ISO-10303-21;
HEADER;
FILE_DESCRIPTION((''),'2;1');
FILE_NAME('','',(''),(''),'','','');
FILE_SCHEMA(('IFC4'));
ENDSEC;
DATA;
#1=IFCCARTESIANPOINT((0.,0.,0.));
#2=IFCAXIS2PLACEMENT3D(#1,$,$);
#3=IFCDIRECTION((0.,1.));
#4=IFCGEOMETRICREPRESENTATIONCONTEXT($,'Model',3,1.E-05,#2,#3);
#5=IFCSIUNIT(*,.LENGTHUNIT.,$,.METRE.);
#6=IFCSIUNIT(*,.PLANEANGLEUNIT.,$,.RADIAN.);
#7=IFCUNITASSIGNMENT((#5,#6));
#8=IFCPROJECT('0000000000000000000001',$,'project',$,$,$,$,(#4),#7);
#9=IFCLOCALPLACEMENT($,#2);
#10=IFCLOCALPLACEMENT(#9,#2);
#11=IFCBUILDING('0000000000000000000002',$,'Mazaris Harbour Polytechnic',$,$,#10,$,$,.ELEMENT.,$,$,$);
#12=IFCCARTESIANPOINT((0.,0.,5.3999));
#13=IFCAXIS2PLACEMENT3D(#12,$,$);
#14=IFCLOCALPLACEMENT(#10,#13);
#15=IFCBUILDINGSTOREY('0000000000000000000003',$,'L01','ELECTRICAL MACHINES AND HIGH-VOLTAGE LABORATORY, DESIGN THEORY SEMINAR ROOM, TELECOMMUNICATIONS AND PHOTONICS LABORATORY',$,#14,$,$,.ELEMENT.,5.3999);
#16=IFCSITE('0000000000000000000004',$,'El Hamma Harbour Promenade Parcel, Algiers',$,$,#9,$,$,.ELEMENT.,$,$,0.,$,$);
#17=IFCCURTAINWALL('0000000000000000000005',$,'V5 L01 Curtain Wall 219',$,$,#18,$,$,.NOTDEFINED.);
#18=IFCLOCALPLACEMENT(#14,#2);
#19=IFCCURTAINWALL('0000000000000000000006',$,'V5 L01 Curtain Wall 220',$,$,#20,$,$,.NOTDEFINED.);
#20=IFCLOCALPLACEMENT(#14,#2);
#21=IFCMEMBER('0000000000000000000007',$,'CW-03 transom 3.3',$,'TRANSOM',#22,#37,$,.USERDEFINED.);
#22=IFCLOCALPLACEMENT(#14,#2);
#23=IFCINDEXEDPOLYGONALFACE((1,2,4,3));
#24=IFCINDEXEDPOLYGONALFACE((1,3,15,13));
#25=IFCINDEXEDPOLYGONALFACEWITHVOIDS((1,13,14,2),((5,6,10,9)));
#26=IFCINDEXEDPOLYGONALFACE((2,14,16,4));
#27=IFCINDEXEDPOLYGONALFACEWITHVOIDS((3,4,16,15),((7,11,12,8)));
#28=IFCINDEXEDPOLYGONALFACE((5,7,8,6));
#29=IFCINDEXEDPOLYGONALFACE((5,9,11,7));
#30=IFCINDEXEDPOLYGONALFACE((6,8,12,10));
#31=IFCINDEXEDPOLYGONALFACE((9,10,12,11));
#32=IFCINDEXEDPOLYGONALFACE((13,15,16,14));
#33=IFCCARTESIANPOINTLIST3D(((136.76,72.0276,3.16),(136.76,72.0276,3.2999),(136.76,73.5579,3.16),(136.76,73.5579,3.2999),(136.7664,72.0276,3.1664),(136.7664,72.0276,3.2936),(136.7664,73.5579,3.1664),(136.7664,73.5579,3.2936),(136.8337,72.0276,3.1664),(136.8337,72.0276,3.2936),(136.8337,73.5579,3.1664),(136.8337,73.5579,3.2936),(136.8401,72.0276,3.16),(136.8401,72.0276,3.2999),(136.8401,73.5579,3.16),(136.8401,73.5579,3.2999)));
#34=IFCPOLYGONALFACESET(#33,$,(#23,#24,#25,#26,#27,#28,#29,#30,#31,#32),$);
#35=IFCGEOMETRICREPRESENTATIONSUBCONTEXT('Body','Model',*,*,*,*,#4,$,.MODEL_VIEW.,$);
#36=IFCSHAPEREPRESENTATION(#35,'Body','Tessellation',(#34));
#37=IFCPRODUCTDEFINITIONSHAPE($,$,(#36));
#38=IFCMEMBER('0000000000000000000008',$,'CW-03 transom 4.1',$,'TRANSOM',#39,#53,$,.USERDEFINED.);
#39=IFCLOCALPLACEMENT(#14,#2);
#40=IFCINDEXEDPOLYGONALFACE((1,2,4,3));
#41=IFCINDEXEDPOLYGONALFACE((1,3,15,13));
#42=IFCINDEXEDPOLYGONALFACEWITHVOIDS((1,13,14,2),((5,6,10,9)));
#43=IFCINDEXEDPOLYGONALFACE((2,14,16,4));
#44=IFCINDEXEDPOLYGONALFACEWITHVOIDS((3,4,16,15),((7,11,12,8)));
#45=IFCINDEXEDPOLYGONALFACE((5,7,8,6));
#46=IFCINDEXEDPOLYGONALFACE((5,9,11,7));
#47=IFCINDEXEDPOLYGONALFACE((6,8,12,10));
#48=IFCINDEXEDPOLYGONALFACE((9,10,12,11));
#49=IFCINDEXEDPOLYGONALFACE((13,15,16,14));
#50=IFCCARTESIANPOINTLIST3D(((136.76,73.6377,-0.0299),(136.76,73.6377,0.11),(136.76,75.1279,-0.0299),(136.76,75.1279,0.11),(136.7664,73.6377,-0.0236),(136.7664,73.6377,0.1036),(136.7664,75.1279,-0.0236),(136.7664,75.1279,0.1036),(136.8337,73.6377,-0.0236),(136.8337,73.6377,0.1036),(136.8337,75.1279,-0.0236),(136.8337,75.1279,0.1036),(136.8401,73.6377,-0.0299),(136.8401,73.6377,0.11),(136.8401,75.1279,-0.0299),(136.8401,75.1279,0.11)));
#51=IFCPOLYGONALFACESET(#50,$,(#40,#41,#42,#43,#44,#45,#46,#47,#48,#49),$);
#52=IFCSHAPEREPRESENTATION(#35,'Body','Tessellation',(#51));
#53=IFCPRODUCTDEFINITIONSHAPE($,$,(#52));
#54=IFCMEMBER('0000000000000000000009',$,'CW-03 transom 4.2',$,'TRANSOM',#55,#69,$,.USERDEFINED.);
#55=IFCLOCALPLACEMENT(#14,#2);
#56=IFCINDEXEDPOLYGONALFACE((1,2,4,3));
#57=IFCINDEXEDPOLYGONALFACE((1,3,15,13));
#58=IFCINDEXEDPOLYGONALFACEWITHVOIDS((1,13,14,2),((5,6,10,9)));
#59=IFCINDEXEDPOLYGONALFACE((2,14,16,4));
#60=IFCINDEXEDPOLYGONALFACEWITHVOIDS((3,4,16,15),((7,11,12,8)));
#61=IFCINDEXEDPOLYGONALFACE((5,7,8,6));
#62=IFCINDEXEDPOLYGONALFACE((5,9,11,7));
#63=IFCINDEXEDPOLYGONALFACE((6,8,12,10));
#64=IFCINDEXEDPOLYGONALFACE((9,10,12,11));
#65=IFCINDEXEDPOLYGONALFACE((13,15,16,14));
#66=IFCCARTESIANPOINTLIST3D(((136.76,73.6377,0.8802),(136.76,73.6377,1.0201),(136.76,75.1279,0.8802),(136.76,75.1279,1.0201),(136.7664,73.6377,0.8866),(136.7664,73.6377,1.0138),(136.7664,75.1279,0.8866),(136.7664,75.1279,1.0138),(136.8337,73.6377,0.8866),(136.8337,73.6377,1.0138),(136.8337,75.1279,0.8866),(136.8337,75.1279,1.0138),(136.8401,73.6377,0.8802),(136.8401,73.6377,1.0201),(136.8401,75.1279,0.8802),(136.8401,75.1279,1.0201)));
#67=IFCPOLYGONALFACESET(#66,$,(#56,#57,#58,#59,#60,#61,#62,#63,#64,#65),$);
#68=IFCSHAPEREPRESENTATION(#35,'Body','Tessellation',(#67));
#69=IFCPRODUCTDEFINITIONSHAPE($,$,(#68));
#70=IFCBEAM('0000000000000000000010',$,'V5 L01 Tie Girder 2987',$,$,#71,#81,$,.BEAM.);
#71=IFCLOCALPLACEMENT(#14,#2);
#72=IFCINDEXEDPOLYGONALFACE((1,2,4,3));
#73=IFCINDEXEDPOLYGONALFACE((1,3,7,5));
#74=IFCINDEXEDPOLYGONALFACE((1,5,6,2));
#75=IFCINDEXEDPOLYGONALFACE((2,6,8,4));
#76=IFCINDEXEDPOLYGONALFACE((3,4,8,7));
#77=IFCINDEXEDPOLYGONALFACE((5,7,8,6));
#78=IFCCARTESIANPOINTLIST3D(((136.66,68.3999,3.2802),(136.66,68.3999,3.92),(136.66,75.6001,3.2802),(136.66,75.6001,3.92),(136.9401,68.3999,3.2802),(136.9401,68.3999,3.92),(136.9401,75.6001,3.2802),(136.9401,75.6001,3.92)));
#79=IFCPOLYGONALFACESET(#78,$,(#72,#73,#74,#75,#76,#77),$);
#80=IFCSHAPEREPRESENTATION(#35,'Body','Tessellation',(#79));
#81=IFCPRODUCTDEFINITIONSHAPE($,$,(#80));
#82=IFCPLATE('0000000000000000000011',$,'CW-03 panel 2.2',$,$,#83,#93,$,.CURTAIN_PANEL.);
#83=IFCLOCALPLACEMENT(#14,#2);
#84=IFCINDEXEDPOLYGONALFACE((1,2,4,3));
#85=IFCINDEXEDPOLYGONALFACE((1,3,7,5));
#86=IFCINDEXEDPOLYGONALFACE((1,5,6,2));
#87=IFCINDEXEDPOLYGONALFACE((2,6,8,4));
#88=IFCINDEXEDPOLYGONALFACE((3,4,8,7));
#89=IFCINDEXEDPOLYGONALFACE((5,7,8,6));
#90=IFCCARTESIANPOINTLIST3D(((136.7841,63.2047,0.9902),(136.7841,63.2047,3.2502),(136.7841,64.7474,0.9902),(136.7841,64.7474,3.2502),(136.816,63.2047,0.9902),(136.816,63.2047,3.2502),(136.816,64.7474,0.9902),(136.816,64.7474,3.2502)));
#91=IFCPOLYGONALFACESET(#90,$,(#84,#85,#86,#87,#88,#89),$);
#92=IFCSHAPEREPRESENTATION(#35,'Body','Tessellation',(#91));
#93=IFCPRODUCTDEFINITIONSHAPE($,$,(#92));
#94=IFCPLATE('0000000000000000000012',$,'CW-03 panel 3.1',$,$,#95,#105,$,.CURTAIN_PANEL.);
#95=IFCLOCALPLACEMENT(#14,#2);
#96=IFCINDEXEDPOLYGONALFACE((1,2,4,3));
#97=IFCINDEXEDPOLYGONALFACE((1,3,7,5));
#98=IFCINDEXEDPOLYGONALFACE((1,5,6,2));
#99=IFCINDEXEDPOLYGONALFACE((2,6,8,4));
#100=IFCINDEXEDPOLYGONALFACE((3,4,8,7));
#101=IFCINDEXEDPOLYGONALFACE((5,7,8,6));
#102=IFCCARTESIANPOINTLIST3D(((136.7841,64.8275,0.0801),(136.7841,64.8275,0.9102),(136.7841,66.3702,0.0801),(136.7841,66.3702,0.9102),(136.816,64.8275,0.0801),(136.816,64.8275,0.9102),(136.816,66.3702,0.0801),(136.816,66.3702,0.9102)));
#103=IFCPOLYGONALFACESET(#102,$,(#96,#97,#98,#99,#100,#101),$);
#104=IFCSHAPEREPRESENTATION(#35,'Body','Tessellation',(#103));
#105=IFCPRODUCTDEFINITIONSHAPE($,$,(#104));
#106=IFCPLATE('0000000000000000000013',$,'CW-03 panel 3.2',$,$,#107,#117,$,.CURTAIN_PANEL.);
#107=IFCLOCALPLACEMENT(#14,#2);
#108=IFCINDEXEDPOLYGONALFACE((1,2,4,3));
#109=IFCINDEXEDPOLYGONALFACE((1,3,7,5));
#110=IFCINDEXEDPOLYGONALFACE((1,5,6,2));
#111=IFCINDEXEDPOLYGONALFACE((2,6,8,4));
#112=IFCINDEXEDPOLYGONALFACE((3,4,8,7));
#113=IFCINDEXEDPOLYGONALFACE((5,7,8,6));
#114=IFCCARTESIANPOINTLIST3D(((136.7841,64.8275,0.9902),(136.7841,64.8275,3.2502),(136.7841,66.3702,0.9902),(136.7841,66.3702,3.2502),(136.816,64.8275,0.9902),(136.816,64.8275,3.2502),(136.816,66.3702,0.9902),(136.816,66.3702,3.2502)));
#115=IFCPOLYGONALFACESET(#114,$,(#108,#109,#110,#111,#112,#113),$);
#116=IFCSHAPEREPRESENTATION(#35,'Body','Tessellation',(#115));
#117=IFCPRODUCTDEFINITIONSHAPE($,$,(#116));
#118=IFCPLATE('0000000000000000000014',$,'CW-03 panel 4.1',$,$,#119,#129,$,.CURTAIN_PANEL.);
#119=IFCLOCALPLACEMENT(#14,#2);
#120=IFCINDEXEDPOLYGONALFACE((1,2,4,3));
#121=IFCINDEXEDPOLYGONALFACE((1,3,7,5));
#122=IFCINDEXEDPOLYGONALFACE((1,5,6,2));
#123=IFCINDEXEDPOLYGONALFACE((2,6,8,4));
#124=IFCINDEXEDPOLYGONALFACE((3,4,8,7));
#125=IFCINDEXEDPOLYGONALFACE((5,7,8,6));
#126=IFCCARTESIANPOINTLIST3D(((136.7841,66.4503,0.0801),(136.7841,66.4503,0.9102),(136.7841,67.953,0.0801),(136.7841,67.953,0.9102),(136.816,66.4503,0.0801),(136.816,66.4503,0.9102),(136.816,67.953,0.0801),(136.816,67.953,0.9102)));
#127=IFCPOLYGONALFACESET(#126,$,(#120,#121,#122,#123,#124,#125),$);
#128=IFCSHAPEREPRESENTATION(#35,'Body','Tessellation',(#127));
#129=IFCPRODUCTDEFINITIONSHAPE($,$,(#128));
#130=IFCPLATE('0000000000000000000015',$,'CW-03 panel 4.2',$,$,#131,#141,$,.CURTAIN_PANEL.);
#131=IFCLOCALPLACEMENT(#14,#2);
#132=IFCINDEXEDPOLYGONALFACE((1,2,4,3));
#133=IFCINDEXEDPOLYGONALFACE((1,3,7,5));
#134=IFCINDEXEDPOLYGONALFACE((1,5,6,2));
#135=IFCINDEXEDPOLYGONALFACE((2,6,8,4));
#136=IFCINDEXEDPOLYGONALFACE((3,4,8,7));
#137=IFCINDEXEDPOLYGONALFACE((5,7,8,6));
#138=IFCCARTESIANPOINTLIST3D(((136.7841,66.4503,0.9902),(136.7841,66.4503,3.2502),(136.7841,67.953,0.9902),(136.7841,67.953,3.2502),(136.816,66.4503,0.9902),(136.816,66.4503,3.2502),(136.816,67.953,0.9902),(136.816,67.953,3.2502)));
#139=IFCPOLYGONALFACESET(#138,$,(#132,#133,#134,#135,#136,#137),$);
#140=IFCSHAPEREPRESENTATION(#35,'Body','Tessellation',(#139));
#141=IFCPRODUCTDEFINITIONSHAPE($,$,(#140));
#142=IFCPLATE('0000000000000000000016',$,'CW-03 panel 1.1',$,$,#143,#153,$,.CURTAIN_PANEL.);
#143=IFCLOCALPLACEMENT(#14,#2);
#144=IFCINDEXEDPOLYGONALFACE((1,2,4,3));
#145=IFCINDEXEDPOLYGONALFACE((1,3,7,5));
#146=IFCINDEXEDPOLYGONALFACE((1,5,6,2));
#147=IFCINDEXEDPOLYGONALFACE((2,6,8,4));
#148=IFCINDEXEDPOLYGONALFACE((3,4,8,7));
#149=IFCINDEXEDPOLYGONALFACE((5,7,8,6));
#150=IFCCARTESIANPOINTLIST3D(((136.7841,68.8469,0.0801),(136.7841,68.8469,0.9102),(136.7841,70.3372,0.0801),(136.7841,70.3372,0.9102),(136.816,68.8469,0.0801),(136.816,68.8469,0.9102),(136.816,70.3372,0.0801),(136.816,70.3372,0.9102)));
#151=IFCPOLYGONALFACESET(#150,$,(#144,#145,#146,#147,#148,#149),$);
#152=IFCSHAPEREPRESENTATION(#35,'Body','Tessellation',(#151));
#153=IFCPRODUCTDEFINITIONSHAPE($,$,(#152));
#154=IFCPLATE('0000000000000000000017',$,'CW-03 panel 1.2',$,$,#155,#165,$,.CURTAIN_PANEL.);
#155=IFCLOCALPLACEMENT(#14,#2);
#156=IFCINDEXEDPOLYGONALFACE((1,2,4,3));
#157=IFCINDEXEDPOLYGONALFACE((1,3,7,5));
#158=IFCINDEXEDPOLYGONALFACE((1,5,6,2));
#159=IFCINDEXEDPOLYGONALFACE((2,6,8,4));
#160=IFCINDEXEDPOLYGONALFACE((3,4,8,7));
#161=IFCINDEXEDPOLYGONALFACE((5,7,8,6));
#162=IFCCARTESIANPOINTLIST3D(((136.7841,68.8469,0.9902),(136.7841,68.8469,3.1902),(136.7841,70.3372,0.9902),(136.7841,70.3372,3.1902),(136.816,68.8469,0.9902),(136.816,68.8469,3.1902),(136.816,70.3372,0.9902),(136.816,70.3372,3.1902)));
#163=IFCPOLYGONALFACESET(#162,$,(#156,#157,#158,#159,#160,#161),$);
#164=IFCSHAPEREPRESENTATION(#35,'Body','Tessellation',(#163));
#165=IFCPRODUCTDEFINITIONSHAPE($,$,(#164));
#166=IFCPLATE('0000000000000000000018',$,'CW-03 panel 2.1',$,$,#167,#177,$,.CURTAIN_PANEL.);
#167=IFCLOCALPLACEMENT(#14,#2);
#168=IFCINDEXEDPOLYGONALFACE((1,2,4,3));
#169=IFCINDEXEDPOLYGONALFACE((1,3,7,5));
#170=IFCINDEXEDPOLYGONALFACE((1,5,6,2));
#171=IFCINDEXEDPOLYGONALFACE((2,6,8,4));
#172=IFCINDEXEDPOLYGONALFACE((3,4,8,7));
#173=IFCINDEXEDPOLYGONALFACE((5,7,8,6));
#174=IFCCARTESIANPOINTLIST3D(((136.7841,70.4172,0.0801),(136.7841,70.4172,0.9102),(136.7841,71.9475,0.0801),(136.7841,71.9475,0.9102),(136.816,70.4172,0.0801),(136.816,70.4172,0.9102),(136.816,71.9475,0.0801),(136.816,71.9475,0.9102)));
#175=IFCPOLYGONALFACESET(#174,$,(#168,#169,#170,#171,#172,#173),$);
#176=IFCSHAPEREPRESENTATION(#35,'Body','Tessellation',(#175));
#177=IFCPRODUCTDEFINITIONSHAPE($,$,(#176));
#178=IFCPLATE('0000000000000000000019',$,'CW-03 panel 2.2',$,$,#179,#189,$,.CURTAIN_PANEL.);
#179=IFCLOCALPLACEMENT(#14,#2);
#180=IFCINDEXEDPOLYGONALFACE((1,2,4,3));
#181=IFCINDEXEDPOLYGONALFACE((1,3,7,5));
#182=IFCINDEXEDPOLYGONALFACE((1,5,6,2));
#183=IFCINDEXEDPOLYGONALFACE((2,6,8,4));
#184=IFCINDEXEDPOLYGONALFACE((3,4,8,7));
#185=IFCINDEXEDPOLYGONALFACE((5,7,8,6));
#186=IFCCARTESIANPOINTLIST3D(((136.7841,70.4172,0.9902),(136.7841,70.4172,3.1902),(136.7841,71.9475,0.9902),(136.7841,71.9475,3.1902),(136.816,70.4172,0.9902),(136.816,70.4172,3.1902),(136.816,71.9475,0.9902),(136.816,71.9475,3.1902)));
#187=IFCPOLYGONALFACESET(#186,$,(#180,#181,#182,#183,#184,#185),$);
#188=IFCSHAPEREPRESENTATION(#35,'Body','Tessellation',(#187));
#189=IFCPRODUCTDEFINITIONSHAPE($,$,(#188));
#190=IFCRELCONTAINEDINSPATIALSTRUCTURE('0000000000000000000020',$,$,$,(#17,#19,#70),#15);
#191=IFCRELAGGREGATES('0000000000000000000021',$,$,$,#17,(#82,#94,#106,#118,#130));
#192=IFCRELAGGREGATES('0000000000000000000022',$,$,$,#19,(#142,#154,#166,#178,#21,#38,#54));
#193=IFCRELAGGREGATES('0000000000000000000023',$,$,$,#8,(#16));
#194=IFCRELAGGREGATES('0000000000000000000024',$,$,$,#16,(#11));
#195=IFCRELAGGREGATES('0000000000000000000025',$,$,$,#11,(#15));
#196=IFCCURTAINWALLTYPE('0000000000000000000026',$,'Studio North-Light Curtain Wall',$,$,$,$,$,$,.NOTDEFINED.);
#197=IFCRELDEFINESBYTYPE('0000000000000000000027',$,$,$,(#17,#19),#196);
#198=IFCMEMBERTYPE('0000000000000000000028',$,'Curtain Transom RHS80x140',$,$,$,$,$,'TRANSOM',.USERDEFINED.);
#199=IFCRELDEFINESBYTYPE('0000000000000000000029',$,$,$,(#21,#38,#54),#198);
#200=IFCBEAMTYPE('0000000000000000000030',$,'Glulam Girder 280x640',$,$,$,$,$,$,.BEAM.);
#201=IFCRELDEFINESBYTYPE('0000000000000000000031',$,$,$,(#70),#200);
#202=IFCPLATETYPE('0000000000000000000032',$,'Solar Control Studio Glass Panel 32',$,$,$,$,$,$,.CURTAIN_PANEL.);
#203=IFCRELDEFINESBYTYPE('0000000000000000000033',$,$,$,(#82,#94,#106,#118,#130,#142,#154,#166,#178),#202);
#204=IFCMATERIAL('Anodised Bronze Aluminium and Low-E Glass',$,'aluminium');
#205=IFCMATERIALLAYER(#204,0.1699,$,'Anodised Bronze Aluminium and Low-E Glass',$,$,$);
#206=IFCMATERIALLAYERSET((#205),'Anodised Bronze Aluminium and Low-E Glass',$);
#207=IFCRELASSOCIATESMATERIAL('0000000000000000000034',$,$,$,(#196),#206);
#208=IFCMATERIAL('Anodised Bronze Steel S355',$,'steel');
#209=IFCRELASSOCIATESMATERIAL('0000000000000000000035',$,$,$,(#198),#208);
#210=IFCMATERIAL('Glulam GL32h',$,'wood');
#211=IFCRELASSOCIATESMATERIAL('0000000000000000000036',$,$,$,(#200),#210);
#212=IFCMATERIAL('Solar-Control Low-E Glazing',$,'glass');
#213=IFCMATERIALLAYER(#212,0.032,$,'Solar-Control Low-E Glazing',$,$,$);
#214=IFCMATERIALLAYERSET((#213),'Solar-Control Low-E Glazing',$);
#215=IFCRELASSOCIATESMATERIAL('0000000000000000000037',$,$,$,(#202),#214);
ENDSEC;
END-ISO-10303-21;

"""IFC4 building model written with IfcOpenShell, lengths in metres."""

from ifc_helpers import new_model, si_unit, direction, frame, origin, origin_2d, place, context, subcontext, project, spatial, rectangle, hollow_rectangle, extrude, material, layer, layer_set, material_profile, profile_set, type_object, element, aggregate, save


model = new_model("IFC4")

# Units and contexts
model_context = context("Model", 3, precision=1e-05, world=origin(), true_north=direction((0.0, 1.0)))
body_context = subcontext(model_context, "Body", "Model", "MODEL_VIEW")
ifc_project = project(units=[si_unit("LENGTHUNIT", "METRE"), si_unit("PLANEANGLEUNIT", "RADIAN")], contexts=[model_context])

# Site, building, storey
site_placement = place(None, origin())
site = spatial("IfcSite", under=ifc_project, at=site_placement, Name="El Hamma Harbour Promenade Parcel, Algiers", CompositionType="ELEMENT", RefElevation=0.0)
building_placement = place(site_placement, origin())
building = spatial("IfcBuilding", under=site, at=building_placement, Name="Mazaris Harbour Polytechnic", CompositionType="ELEMENT")
storey_placement = place(building_placement, frame((0.0, 0.0, 5.3999)))
storey = spatial("IfcBuildingStorey", under=building, at=storey_placement, Name="L01", Description="ELECTRICAL MACHINES AND HIGH-VOLTAGE LABORATORY, DESIGN THEORY SEMINAR ROOM, TELECOMMUNICATIONS AND PHOTONICS LABORATORY", CompositionType="ELEMENT", Elevation=5.3999)

# Curtain walls
ifc_material_1 = material(Name="Anodised Bronze Aluminium and Low-E Glass", Category="aluminium")
ifc_layer_1 = layer(ifc_material_1, 0.1699, Name="Anodised Bronze Aluminium and Low-E Glass")
ifc_layer_set_1 = layer_set([ifc_layer_1], Name="Anodised Bronze Aluminium and Low-E Glass")
curtain_wall_type = type_object("IfcCurtainWallType", Name="Studio North-Light Curtain Wall", PredefinedType="NOTDEFINED", material=ifc_layer_set_1)
curtain_wall_1_placement = place(storey_placement, origin())
curtain_wall_1 = element("IfcCurtainWall", 1, at=curtain_wall_1_placement, inside=storey, type_object=curtain_wall_type, Name="V5 L01 Curtain Wall 219", PredefinedType="NOTDEFINED")
curtain_wall_2_placement = place(storey_placement, origin())
curtain_wall_2 = element("IfcCurtainWall", 2, at=curtain_wall_2_placement, inside=storey, type_object=curtain_wall_type, Name="V5 L01 Curtain Wall 220", PredefinedType="NOTDEFINED")

# Members
ifc_material_2 = material(Name="Anodised Bronze Steel S355", Category="steel")
ifc_material_profile_1 = material_profile(ifc_material_2, hollow_rectangle(XDim=0.0801, YDim=0.1399, WallThickness=0.0063, at=origin_2d()), Name="RHS 80x140x6.3")
ifc_profile_set_1 = profile_set([ifc_material_profile_1], Name="Anodised Bronze Steel S355")
member_type_1 = type_object("IfcMemberType", Name="Curtain Transom RHS80x140", ElementType="TRANSOM", PredefinedType="USERDEFINED", material=ifc_profile_set_1)
member_1_placement = place(storey_placement, frame((136.8, 72.0276, 3.23), z_axis=(0.0, 1.0, 0.0), x_axis=(-1.0, 0.0, 0.0)))
member_1 = element("IfcMember", 3, at=member_1_placement, type_object=member_type_1, Name="CW-03 transom 3.3", ObjectType="TRANSOM", PredefinedType="USERDEFINED", context=body_context, shape_type="SweptSolid", body=[
    extrude(hollow_rectangle(XDim=0.0801, YDim=0.1399, WallThickness=0.0063, at=origin_2d()), origin(), (0.0, 0.0, 1.0), 1.5303),
])
member_2_placement = place(storey_placement, frame((136.8, 73.6377, 0.04), z_axis=(0.0, 1.0, 0.0), x_axis=(-1.0, 0.0, 0.0)))
member_2 = element("IfcMember", 4, at=member_2_placement, type_object=member_type_1, Name="CW-03 transom 4.1", ObjectType="TRANSOM", PredefinedType="USERDEFINED", context=body_context, shape_type="SweptSolid", body=[
    extrude(hollow_rectangle(XDim=0.0801, YDim=0.1399, WallThickness=0.0063, at=origin_2d()), origin(), (0.0, 0.0, 1.0), 1.4902),
])
member_3_placement = place(storey_placement, frame((136.8, 73.6377, 0.9502), z_axis=(0.0, 1.0, 0.0), x_axis=(-1.0, 0.0, 0.0)))
member_3 = element("IfcMember", 5, at=member_3_placement, type_object=member_type_1, Name="CW-03 transom 4.2", ObjectType="TRANSOM", PredefinedType="USERDEFINED", context=body_context, shape_type="SweptSolid", body=[
    extrude(hollow_rectangle(XDim=0.0801, YDim=0.1399, WallThickness=0.0063, at=origin_2d()), origin(), (0.0, 0.0, 1.0), 1.4902),
])

# Beam
ifc_material_3 = material(Name="Glulam GL32h", Category="wood")
ifc_material_profile_2 = material_profile(ifc_material_3, rectangle(XDim=0.28, YDim=0.6399, at=origin_2d()), Name="RECT280x640")
ifc_profile_set_2 = profile_set([ifc_material_profile_2], Name="Glulam GL32h")
beam_type = type_object("IfcBeamType", Name="Glulam Girder 280x640", PredefinedType="BEAM", material=ifc_profile_set_2)
beam_placement = place(storey_placement, frame((136.8, 68.3999, 3.6001), z_axis=(0.0, 1.0, 0.0), x_axis=(-1.0, 0.0, 0.0)))
element("IfcBeam", 6, at=beam_placement, inside=storey, type_object=beam_type, Name="V5 L01 Tie Girder 2987", PredefinedType="BEAM", context=body_context, shape_type="SweptSolid", body=[
    extrude(rectangle(XDim=0.28, YDim=0.6399, at=origin_2d()), origin(), (0.0, 0.0, 1.0), 7.2002),
])

# Plates
ifc_material_4 = material(Name="Solar-Control Low-E Glazing", Category="glass")
ifc_layer_2 = layer(ifc_material_4, 0.032, Name="Solar-Control Low-E Glazing")
ifc_layer_set_2 = layer_set([ifc_layer_2], Name="Solar-Control Low-E Glazing")
plate_type = type_object("IfcPlateType", Name="Solar Control Studio Glass Panel 32", PredefinedType="CURTAIN_PANEL", material=ifc_layer_set_2)
plate_1_placement = place(storey_placement, frame((136.8, 63.9761, 0.9902), z_axis=(0.0, 0.0, 1.0), x_axis=(0.0, 1.0, 0.0)))
plate_1 = element("IfcPlate", 7, at=plate_1_placement, type_object=plate_type, Name="CW-03 panel 2.2", PredefinedType="CURTAIN_PANEL", context=body_context, shape_type="SweptSolid", body=[
    extrude(rectangle(XDim=1.5427, YDim=0.032, at=origin_2d()), origin(), (0.0, 0.0, 1.0), 2.26),
])
plate_2_placement = place(storey_placement, frame((136.8, 65.5989, 0.0801), z_axis=(0.0, 0.0, 1.0), x_axis=(0.0, 1.0, 0.0)))
plate_2 = element("IfcPlate", 8, at=plate_2_placement, type_object=plate_type, Name="CW-03 panel 3.1", PredefinedType="CURTAIN_PANEL", context=body_context, shape_type="SweptSolid", body=[
    extrude(rectangle(XDim=1.5427, YDim=0.032, at=origin_2d()), origin(), (0.0, 0.0, 1.0), 0.8301),
])
plate_3_placement = place(storey_placement, frame((136.8, 65.5989, 0.9902), z_axis=(0.0, 0.0, 1.0), x_axis=(0.0, 1.0, 0.0)))
plate_3 = element("IfcPlate", 9, at=plate_3_placement, type_object=plate_type, Name="CW-03 panel 3.2", PredefinedType="CURTAIN_PANEL", context=body_context, shape_type="SweptSolid", body=[
    extrude(rectangle(XDim=1.5427, YDim=0.032, at=origin_2d()), origin(), (0.0, 0.0, 1.0), 2.26),
])
plate_4_placement = place(storey_placement, frame((136.8, 67.2017, 0.0801), z_axis=(0.0, 0.0, 1.0), x_axis=(0.0, 1.0, 0.0)))
plate_4 = element("IfcPlate", 10, at=plate_4_placement, type_object=plate_type, Name="CW-03 panel 4.1", PredefinedType="CURTAIN_PANEL", context=body_context, shape_type="SweptSolid", body=[
    extrude(rectangle(XDim=1.5027, YDim=0.032, at=origin_2d()), origin(), (0.0, 0.0, 1.0), 0.8301),
])
plate_5_placement = place(storey_placement, frame((136.8, 67.2017, 0.9902), z_axis=(0.0, 0.0, 1.0), x_axis=(0.0, 1.0, 0.0)))
plate_5 = element("IfcPlate", 11, at=plate_5_placement, type_object=plate_type, Name="CW-03 panel 4.2", PredefinedType="CURTAIN_PANEL", context=body_context, shape_type="SweptSolid", body=[
    extrude(rectangle(XDim=1.5027, YDim=0.032, at=origin_2d()), origin(), (0.0, 0.0, 1.0), 2.26),
])
aggregate(curtain_wall_1, [plate_1, plate_2, plate_3, plate_4, plate_5])
plate_6_placement = place(storey_placement, frame((136.8, 69.592, 0.0801), z_axis=(0.0, 0.0, 1.0), x_axis=(0.0, 1.0, 0.0)))
plate_6 = element("IfcPlate", 12, at=plate_6_placement, type_object=plate_type, Name="CW-03 panel 1.1", PredefinedType="CURTAIN_PANEL", context=body_context, shape_type="SweptSolid", body=[
    extrude(rectangle(XDim=1.4902, YDim=0.032, at=origin_2d()), origin(), (0.0, 0.0, 1.0), 0.8301),
])
plate_7_placement = place(storey_placement, frame((136.8, 69.592, 0.9902), z_axis=(0.0, 0.0, 1.0), x_axis=(0.0, 1.0, 0.0)))
plate_7 = element("IfcPlate", 13, at=plate_7_placement, type_object=plate_type, Name="CW-03 panel 1.2", PredefinedType="CURTAIN_PANEL", context=body_context, shape_type="SweptSolid", body=[
    extrude(rectangle(XDim=1.4902, YDim=0.032, at=origin_2d()), origin(), (0.0, 0.0, 1.0), 2.2),
])
plate_8_placement = place(storey_placement, frame((136.8, 71.1824, 0.0801), z_axis=(0.0, 0.0, 1.0), x_axis=(0.0, 1.0, 0.0)))
plate_8 = element("IfcPlate", 14, at=plate_8_placement, type_object=plate_type, Name="CW-03 panel 2.1", PredefinedType="CURTAIN_PANEL", context=body_context, shape_type="SweptSolid", body=[
    extrude(rectangle(XDim=1.5303, YDim=0.032, at=origin_2d()), origin(), (0.0, 0.0, 1.0), 0.8301),
])
plate_9_placement = place(storey_placement, frame((136.8, 71.1824, 0.9902), z_axis=(0.0, 0.0, 1.0), x_axis=(0.0, 1.0, 0.0)))
plate_9 = element("IfcPlate", 15, at=plate_9_placement, type_object=plate_type, Name="CW-03 panel 2.2", PredefinedType="CURTAIN_PANEL", context=body_context, shape_type="SweptSolid", body=[
    extrude(rectangle(XDim=1.5303, YDim=0.032, at=origin_2d()), origin(), (0.0, 0.0, 1.0), 2.2),
])
aggregate(curtain_wall_2, [plate_6, plate_7, plate_8, plate_9, member_1, member_2, member_3])

save(model, "model.ifc")
